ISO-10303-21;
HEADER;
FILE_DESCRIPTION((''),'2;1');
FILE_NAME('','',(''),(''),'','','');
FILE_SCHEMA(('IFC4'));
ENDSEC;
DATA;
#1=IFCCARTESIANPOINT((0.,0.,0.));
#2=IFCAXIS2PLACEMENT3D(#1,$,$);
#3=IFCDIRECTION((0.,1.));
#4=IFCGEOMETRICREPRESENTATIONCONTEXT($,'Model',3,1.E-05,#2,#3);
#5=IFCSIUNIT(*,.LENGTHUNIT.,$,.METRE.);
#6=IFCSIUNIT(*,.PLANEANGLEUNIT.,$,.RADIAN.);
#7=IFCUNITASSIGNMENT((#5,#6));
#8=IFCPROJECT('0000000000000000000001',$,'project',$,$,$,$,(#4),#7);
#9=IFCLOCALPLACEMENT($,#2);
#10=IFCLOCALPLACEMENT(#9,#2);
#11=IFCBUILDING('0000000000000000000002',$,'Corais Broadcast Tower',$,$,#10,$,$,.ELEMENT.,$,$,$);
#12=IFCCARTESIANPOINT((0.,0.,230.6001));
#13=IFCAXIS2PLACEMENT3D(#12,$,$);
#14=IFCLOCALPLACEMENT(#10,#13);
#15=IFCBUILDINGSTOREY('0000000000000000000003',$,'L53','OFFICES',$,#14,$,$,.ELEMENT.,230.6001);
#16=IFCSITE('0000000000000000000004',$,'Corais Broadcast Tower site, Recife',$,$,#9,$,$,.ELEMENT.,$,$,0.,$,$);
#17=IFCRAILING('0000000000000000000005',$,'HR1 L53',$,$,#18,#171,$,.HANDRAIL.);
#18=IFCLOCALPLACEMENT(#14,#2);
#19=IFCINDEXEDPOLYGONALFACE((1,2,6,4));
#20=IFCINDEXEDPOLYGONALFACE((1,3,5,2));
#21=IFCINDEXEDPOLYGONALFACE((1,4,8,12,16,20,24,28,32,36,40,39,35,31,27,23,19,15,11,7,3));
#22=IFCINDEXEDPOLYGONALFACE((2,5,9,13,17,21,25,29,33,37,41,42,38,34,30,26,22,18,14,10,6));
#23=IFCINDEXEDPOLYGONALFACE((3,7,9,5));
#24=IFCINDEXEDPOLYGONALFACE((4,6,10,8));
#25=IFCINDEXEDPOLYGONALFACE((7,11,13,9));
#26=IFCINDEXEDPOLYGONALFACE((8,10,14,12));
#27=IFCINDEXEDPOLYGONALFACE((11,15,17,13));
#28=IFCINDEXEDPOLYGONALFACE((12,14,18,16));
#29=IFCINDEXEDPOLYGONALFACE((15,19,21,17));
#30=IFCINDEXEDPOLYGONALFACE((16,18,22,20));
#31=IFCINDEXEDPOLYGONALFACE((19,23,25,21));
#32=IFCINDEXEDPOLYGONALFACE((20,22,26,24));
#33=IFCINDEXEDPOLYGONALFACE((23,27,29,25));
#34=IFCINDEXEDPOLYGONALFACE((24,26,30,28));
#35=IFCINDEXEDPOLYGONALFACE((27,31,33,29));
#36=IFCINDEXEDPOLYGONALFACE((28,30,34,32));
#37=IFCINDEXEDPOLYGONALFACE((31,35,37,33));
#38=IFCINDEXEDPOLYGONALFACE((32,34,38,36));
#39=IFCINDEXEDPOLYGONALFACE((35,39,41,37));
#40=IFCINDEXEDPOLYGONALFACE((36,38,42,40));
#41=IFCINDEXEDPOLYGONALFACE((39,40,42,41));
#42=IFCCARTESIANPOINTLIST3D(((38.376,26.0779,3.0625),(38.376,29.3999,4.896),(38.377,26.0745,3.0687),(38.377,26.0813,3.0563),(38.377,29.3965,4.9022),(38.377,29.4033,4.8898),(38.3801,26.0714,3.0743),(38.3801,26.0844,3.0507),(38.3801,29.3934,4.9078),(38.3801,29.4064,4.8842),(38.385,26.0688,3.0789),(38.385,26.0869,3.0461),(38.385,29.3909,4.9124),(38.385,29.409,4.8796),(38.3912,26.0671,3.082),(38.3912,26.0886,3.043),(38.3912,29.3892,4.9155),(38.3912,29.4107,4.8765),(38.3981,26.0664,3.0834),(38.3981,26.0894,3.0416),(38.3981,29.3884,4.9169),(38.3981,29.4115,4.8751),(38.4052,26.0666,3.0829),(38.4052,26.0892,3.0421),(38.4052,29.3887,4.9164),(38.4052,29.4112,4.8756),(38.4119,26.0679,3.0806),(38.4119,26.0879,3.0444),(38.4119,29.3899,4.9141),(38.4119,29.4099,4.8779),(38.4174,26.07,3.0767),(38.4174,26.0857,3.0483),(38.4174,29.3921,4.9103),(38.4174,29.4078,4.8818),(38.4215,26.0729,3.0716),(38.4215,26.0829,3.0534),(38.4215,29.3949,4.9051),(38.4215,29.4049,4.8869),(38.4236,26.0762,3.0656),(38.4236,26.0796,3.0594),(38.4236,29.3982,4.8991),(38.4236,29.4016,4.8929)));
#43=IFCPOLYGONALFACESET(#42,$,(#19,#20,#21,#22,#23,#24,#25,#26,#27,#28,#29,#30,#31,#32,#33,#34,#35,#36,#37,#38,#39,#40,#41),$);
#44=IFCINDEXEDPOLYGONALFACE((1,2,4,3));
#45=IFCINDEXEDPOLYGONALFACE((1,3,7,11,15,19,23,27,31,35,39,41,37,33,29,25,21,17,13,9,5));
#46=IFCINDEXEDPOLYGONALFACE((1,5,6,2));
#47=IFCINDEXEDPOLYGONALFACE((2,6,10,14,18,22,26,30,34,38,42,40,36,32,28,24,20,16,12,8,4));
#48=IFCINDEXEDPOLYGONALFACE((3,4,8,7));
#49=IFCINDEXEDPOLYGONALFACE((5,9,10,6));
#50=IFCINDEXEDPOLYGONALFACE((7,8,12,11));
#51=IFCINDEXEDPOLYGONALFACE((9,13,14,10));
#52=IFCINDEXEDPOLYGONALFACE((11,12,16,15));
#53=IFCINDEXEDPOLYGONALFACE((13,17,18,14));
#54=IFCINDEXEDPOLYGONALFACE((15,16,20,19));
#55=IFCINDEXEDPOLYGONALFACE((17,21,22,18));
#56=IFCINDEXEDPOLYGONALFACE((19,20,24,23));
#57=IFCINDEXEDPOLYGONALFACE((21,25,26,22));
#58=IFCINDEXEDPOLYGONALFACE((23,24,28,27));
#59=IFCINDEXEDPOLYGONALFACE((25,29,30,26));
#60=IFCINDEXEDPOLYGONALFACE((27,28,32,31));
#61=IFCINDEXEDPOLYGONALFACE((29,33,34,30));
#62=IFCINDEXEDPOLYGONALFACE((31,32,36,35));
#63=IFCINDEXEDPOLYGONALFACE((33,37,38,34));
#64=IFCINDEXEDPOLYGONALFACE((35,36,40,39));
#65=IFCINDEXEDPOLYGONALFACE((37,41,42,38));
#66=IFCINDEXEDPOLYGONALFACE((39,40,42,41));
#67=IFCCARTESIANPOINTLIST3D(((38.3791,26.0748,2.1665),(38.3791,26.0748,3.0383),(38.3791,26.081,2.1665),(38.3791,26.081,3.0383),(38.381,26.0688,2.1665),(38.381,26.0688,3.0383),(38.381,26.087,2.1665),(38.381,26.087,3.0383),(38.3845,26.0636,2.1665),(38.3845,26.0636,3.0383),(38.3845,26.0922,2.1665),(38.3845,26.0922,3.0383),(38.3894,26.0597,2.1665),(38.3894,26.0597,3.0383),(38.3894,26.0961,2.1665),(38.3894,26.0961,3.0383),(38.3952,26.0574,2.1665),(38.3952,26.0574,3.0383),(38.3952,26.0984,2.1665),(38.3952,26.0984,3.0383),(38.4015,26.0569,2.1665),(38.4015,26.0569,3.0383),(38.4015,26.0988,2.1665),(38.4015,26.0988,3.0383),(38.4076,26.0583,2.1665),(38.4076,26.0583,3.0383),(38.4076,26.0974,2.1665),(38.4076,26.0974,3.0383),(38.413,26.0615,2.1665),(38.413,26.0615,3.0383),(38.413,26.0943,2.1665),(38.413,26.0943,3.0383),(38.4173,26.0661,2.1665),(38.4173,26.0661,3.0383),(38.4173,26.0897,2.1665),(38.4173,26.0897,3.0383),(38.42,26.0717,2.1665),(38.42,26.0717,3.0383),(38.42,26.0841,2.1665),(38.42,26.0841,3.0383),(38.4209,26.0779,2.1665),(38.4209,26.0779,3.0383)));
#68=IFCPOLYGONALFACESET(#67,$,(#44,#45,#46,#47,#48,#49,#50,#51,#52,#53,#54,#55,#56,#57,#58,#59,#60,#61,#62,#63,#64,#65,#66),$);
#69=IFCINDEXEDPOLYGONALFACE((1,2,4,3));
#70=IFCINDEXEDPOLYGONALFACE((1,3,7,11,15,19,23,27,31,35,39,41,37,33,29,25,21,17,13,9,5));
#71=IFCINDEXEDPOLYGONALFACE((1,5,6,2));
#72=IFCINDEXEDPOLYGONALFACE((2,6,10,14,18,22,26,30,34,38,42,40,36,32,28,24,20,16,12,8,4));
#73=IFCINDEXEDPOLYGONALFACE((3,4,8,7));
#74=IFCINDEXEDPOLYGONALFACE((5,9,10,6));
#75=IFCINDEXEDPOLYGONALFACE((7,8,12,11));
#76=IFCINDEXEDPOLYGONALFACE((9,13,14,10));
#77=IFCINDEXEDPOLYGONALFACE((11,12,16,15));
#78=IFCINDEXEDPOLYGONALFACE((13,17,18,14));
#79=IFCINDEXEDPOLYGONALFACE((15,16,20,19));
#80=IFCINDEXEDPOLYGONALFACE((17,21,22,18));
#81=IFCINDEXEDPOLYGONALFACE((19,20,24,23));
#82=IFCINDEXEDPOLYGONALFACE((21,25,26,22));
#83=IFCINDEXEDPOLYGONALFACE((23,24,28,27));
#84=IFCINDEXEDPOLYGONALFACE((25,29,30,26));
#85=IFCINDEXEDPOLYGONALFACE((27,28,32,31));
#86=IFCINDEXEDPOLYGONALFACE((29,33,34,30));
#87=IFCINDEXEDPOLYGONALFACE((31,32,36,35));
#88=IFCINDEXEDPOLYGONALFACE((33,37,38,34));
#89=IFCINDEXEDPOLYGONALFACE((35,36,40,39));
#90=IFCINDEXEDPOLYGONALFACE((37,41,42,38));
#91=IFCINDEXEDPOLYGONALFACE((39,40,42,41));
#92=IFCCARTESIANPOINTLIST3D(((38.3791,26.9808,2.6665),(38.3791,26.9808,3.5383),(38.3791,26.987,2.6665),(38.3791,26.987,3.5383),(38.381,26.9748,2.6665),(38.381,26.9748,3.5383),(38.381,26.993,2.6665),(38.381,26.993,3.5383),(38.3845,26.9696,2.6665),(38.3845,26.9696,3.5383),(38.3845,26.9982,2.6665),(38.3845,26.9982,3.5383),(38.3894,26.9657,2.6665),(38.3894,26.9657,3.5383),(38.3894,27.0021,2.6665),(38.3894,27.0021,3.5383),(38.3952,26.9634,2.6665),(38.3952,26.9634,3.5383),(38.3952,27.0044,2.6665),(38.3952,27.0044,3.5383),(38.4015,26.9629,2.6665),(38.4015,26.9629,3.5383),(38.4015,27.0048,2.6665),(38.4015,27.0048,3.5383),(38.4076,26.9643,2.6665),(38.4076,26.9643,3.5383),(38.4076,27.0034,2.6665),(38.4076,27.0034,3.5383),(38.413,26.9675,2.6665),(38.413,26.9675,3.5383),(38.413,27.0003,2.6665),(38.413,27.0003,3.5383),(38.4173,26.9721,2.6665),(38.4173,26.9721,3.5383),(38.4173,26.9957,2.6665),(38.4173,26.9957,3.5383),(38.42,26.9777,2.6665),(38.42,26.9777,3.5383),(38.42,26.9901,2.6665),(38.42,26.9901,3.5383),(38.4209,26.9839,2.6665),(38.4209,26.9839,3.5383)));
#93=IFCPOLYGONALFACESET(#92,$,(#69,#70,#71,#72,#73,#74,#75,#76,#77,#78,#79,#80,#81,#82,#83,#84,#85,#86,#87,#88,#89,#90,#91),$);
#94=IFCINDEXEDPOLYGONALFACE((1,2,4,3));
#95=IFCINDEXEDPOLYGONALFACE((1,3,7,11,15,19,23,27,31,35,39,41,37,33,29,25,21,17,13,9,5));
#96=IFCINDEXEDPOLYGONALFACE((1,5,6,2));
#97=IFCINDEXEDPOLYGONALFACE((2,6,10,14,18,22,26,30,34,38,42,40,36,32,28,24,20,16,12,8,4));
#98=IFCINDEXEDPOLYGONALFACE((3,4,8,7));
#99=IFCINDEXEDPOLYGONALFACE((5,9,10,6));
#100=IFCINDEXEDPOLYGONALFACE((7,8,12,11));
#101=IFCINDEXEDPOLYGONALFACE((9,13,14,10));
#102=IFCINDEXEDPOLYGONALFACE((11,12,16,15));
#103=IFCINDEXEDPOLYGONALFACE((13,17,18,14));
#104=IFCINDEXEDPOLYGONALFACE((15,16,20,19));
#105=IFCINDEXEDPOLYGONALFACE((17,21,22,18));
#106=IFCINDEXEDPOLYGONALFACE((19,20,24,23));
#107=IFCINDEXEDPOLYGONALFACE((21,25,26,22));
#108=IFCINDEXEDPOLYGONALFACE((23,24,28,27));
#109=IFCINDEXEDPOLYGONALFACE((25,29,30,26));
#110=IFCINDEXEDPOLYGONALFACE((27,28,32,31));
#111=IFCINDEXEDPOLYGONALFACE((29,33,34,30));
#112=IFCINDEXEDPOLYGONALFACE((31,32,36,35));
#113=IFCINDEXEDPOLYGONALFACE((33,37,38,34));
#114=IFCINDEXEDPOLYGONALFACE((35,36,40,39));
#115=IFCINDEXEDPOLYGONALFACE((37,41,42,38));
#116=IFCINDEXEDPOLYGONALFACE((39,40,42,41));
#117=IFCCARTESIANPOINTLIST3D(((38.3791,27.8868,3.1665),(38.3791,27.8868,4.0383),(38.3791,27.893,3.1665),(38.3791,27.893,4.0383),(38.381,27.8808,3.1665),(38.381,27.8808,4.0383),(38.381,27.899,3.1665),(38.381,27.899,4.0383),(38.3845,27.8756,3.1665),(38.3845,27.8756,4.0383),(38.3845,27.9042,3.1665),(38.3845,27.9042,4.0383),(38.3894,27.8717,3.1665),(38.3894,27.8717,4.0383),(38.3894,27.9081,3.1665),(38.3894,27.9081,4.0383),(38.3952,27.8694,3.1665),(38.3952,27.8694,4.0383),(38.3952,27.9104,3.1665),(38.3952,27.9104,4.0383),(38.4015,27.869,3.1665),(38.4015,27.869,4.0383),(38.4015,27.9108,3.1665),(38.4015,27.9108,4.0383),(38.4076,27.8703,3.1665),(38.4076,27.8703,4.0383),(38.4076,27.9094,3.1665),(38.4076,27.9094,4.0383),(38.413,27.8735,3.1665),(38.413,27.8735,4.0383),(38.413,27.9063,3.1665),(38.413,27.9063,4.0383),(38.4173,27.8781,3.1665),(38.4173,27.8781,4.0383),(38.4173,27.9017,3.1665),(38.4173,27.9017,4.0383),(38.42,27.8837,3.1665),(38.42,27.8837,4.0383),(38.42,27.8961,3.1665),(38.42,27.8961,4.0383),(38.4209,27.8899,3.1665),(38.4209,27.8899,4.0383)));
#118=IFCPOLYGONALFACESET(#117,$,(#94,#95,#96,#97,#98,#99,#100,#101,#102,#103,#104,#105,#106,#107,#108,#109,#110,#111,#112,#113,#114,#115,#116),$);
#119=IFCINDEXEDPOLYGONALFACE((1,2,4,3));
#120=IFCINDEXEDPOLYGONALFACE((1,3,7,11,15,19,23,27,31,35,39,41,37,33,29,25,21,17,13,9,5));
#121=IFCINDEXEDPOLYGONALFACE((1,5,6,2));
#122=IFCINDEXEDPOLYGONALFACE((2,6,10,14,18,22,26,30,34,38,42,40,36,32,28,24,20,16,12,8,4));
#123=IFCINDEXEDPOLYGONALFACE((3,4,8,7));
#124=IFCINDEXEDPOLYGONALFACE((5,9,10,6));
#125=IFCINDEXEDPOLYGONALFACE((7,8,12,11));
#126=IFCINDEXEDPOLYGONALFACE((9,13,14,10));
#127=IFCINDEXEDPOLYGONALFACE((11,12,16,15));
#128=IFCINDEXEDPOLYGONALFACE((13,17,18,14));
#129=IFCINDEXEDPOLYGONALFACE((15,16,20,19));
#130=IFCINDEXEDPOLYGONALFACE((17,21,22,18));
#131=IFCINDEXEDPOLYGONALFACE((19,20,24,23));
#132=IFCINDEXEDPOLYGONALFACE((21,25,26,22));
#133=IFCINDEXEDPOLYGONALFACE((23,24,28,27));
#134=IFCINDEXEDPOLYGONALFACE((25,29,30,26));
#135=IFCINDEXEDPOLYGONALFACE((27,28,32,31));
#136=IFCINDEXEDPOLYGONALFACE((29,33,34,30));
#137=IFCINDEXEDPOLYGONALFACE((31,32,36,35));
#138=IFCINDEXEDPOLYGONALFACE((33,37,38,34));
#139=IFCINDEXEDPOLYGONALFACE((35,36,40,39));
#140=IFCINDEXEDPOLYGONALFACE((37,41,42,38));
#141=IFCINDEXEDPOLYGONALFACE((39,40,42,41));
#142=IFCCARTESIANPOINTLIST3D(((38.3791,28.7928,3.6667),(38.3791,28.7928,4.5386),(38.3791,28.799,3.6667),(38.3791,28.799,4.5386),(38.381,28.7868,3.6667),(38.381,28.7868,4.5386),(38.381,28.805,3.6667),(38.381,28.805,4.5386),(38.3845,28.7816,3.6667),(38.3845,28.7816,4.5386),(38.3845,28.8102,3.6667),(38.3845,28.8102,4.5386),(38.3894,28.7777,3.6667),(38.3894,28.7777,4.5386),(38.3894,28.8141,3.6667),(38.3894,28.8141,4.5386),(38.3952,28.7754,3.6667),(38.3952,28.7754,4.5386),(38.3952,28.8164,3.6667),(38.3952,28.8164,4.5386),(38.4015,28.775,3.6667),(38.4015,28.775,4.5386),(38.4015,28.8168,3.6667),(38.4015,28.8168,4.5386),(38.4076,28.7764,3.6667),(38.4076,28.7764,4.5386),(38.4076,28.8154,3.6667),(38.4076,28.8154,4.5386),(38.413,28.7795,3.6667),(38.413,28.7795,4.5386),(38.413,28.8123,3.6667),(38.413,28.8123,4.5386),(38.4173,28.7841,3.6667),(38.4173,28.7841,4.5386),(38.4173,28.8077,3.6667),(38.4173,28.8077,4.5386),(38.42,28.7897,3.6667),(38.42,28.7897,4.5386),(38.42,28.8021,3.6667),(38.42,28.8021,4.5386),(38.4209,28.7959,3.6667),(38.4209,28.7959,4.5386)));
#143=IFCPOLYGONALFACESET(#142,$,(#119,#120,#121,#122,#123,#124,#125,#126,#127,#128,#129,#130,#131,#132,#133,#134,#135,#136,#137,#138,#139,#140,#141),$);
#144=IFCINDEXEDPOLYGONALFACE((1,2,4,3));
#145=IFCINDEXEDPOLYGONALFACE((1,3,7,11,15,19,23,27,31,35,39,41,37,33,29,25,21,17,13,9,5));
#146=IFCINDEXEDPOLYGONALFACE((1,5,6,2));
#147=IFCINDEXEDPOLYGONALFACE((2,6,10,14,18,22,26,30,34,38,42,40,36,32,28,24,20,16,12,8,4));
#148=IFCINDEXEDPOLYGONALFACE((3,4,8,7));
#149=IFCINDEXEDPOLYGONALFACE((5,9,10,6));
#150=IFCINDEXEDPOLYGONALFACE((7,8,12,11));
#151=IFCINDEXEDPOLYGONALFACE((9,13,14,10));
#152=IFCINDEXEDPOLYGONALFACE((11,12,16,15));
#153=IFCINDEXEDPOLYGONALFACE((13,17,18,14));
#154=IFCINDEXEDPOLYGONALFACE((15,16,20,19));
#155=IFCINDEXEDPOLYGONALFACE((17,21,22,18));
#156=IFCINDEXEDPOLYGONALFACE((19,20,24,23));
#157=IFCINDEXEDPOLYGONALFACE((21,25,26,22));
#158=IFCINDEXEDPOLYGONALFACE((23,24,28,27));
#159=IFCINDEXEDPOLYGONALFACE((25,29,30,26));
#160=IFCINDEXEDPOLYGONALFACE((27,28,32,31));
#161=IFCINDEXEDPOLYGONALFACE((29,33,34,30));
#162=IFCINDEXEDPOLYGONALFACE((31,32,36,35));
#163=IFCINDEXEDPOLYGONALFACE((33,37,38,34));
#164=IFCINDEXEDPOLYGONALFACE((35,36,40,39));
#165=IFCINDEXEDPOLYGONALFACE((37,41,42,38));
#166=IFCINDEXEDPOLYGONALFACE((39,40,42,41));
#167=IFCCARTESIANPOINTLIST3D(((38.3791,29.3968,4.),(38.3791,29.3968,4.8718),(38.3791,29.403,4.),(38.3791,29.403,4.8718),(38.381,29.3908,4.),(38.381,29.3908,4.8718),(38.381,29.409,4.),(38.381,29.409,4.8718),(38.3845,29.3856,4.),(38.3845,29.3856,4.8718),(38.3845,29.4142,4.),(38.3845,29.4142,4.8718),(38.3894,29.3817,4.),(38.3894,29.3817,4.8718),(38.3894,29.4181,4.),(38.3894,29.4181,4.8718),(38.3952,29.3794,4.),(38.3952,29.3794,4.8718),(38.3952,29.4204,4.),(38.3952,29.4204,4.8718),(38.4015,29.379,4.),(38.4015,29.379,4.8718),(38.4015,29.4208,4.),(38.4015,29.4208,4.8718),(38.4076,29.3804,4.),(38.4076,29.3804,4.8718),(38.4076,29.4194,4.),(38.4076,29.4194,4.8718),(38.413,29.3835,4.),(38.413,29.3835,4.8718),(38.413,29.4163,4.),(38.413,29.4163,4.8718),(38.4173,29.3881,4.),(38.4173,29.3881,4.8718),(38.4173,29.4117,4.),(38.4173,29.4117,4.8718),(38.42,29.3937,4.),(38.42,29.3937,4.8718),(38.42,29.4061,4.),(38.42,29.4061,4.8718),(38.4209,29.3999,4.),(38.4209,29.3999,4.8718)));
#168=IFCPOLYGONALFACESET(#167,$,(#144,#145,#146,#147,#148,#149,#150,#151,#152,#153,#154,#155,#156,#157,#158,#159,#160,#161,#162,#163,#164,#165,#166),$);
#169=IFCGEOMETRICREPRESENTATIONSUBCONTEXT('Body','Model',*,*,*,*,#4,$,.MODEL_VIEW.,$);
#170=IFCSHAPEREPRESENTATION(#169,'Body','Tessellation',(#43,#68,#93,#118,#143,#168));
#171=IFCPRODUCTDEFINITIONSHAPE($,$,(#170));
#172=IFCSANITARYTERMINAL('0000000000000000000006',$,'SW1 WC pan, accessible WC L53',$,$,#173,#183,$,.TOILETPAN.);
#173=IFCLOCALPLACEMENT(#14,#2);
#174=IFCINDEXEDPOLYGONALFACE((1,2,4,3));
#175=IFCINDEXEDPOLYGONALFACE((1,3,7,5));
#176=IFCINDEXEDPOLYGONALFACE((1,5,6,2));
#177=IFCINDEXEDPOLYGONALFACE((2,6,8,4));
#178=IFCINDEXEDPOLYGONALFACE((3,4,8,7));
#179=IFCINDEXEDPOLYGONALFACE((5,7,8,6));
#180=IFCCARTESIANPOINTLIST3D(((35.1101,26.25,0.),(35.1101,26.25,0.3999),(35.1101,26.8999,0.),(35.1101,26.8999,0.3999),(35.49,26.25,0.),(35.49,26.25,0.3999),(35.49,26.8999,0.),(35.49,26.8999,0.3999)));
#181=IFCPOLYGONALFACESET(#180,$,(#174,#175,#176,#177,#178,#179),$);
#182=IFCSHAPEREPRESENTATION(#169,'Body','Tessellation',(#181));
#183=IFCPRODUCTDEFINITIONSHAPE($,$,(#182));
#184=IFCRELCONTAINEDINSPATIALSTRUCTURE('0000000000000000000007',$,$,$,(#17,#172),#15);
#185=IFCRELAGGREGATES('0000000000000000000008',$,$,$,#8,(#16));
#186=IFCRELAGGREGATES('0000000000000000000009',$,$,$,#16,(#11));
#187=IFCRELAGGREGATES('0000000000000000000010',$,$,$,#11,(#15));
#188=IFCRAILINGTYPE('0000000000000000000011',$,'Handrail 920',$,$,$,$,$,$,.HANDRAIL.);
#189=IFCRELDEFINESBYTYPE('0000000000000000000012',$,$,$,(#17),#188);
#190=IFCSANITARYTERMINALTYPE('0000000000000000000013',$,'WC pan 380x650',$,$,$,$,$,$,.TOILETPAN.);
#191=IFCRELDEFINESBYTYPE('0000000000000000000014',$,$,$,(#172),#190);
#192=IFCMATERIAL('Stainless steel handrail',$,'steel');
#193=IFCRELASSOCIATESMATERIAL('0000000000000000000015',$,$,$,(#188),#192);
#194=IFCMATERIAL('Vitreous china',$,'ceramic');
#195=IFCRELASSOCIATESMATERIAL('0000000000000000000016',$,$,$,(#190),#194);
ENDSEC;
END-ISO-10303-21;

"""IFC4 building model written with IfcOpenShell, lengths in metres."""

from ifc_helpers import new_model, si_unit, direction, frame, origin, origin_2d, place, context, subcontext, project, spatial, rectangle, circle, extrude, material, type_object, element, save


model = new_model("IFC4")

# Units and contexts
model_context = context("Model", 3, precision=1e-05, world=origin(), true_north=direction((0.0, 1.0)))
body_context = subcontext(model_context, "Body", "Model", "MODEL_VIEW")
ifc_project = project(units=[si_unit("LENGTHUNIT", "METRE"), si_unit("PLANEANGLEUNIT", "RADIAN")], contexts=[model_context])

# Site, building, storey
site_placement = place(None, origin())
site = spatial("IfcSite", under=ifc_project, at=site_placement, Name="Corais Broadcast Tower site, Recife", CompositionType="ELEMENT", RefElevation=0.0)
building_placement = place(site_placement, origin())
building = spatial("IfcBuilding", under=site, at=building_placement, Name="Corais Broadcast Tower", CompositionType="ELEMENT")
storey_placement = place(building_placement, frame((0.0, 0.0, 230.6001)))
storey = spatial("IfcBuildingStorey", under=building, at=storey_placement, Name="L53", Description="OFFICES", CompositionType="ELEMENT", Elevation=230.6001)

# Railing
ifc_material_1 = material(Name="Stainless steel handrail", Category="steel")
railing_type = type_object("IfcRailingType", Name="Handrail 920", PredefinedType="HANDRAIL", material=ifc_material_1)
for number, where, name in (
    (1, (38.3999, 26.0779, 2.1665), "HR1 L53"),
):
    element("IfcRailing", number, at=place(storey_placement, frame(where)), inside=storey, type_object=railing_type, Name=name, PredefinedType="HANDRAIL", context=body_context, shape_type="SweptSolid", body=[
        extrude(circle(Radius=0.0239, at=origin_2d()), frame((0.0, 0.0, 0.896), z_axis=(0.0, 0.875504, 0.48321), x_axis=(-1.0, 0.0, 0.0)), (0.0, 0.0, 1.0), 3.7944),
        extrude(circle(Radius=0.021, at=origin_2d()), origin(), (0.0, 0.0, 1.0), 0.8718),
        extrude(circle(Radius=0.021, at=origin_2d()), frame((0.0, 0.906, 0.5)), (0.0, 0.0, 1.0), 0.8718),
        extrude(circle(Radius=0.021, at=origin_2d()), frame((0.0, 1.812, 1.0)), (0.0, 0.0, 1.0), 0.8718),
        extrude(circle(Radius=0.021, at=origin_2d()), frame((0.0, 2.718, 1.5002)), (0.0, 0.0, 1.0), 0.8718),
        extrude(circle(Radius=0.021, at=origin_2d()), frame((0.0, 3.322, 1.8335)), (0.0, 0.0, 1.0), 0.8718),
    ])

# Sanitary terminal
ifc_material_2 = material(Name="Vitreous china", Category="ceramic")
sanitary_terminal_type = type_object("IfcSanitaryTerminalType", Name="WC pan 380x650", PredefinedType="TOILETPAN", material=ifc_material_2)
sanitary_terminal_placement = place(storey_placement, frame((35.3, 26.575, 0.0), z_axis=(0.0, 0.0, 1.0), x_axis=(1.0, 0.0, 0.0)))
element("IfcSanitaryTerminal", 2, at=sanitary_terminal_placement, inside=storey, type_object=sanitary_terminal_type, Name="SW1 WC pan, accessible WC L53", PredefinedType="TOILETPAN", context=body_context, shape_type="SweptSolid", body=[
    extrude(rectangle(XDim=0.3799, YDim=0.6499, at=origin_2d()), origin(), (0.0, 0.0, 1.0), 0.3999),
])

save(model, "model.ifc")
